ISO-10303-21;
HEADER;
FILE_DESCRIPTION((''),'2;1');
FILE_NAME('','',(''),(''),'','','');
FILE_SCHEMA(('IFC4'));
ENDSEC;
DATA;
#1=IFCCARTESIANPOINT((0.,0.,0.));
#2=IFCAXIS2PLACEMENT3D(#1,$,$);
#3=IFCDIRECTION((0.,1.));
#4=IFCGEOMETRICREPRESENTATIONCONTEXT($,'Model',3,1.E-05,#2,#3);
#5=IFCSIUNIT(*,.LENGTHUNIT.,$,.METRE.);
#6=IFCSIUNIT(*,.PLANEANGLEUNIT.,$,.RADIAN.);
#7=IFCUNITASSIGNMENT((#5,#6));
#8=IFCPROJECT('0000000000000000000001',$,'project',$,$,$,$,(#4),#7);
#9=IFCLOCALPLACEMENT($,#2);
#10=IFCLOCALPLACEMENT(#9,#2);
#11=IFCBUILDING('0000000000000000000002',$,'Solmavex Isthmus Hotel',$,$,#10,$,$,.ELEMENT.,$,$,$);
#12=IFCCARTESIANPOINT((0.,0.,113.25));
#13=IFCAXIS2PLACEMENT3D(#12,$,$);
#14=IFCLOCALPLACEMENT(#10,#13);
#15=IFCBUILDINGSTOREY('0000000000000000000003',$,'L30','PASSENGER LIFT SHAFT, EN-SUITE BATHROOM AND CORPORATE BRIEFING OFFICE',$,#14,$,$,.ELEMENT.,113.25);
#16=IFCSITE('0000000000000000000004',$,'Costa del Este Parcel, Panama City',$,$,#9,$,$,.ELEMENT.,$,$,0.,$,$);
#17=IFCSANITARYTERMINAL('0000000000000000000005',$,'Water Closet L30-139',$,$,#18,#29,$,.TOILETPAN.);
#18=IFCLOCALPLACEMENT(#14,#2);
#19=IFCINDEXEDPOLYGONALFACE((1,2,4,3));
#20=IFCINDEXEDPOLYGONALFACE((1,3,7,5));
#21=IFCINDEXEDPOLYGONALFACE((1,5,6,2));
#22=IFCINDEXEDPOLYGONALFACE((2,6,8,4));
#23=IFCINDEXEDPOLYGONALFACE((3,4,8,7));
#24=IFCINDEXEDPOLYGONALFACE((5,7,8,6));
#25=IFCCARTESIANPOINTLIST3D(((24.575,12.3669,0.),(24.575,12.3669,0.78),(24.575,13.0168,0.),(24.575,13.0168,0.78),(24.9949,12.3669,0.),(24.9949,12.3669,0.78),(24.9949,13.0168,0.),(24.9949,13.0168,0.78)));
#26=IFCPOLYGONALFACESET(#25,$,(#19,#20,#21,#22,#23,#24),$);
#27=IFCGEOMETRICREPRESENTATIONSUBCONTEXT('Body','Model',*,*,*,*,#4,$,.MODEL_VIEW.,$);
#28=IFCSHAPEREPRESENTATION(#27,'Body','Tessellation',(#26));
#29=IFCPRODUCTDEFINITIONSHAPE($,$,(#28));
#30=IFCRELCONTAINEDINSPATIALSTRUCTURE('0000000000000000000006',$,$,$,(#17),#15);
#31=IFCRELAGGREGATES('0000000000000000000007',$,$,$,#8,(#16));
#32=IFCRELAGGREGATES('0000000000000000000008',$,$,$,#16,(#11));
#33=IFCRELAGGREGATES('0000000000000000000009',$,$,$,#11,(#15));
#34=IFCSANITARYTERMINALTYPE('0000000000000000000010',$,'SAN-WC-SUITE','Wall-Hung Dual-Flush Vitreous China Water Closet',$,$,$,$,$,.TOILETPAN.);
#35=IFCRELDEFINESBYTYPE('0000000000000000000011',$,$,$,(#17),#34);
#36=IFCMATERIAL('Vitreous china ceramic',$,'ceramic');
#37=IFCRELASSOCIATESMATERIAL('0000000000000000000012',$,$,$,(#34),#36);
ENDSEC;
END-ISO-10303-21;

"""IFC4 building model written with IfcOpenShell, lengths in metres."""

from ifc_helpers import new_model, si_unit, direction, frame, origin, origin_2d, place, context, subcontext, project, spatial, rectangle, extrude, material, type_object, element, save


model = new_model("IFC4")

# Units and contexts
model_context = context("Model", 3, precision=1e-05, world=origin(), true_north=direction((0.0, 1.0)))
body_context = subcontext(model_context, "Body", "Model", "MODEL_VIEW")
ifc_project = project(units=[si_unit("LENGTHUNIT", "METRE"), si_unit("PLANEANGLEUNIT", "RADIAN")], contexts=[model_context])

# Site, building, storey
site_placement = place(None, origin())
site = spatial("IfcSite", under=ifc_project, at=site_placement, Name="Costa del Este Parcel, Panama City", CompositionType="ELEMENT", RefElevation=0.0)
building_placement = place(site_placement, origin())
building = spatial("IfcBuilding", under=site, at=building_placement, Name="Solmavex Isthmus Hotel", CompositionType="ELEMENT")
storey_placement = place(building_placement, frame((0.0, 0.0, 113.25)))
storey = spatial("IfcBuildingStorey", under=building, at=storey_placement, Name="L30", Description="PASSENGER LIFT SHAFT, EN-SUITE BATHROOM AND CORPORATE BRIEFING OFFICE", CompositionType="ELEMENT", Elevation=113.25)

# Sanitary terminal
ifc_material_1 = material(Name="Vitreous china ceramic", Category="ceramic")
sanitary_terminal_type_1 = type_object("IfcSanitaryTerminalType", Name="SAN-WC-SUITE", Description="Wall-Hung Dual-Flush Vitreous China Water Closet", PredefinedType="TOILETPAN", material=ifc_material_1)
sanitary_terminal_1_placement = place(storey_placement, frame((24.7849, 12.6919, 0.0), z_axis=(0.0, 0.0, 1.0), x_axis=(1.0, 0.0, 0.0)))
element("IfcSanitaryTerminal", 1, at=sanitary_terminal_1_placement, inside=storey, type_object=sanitary_terminal_type_1, Name="Water Closet L30-139", PredefinedType="TOILETPAN", context=body_context, shape_type="SweptSolid", body=[
    extrude(rectangle(XDim=0.4199, YDim=0.6499, at=origin_2d()), origin(), (0.0, 0.0, 1.0), 0.78),
])

save(model, "model.ifc")
